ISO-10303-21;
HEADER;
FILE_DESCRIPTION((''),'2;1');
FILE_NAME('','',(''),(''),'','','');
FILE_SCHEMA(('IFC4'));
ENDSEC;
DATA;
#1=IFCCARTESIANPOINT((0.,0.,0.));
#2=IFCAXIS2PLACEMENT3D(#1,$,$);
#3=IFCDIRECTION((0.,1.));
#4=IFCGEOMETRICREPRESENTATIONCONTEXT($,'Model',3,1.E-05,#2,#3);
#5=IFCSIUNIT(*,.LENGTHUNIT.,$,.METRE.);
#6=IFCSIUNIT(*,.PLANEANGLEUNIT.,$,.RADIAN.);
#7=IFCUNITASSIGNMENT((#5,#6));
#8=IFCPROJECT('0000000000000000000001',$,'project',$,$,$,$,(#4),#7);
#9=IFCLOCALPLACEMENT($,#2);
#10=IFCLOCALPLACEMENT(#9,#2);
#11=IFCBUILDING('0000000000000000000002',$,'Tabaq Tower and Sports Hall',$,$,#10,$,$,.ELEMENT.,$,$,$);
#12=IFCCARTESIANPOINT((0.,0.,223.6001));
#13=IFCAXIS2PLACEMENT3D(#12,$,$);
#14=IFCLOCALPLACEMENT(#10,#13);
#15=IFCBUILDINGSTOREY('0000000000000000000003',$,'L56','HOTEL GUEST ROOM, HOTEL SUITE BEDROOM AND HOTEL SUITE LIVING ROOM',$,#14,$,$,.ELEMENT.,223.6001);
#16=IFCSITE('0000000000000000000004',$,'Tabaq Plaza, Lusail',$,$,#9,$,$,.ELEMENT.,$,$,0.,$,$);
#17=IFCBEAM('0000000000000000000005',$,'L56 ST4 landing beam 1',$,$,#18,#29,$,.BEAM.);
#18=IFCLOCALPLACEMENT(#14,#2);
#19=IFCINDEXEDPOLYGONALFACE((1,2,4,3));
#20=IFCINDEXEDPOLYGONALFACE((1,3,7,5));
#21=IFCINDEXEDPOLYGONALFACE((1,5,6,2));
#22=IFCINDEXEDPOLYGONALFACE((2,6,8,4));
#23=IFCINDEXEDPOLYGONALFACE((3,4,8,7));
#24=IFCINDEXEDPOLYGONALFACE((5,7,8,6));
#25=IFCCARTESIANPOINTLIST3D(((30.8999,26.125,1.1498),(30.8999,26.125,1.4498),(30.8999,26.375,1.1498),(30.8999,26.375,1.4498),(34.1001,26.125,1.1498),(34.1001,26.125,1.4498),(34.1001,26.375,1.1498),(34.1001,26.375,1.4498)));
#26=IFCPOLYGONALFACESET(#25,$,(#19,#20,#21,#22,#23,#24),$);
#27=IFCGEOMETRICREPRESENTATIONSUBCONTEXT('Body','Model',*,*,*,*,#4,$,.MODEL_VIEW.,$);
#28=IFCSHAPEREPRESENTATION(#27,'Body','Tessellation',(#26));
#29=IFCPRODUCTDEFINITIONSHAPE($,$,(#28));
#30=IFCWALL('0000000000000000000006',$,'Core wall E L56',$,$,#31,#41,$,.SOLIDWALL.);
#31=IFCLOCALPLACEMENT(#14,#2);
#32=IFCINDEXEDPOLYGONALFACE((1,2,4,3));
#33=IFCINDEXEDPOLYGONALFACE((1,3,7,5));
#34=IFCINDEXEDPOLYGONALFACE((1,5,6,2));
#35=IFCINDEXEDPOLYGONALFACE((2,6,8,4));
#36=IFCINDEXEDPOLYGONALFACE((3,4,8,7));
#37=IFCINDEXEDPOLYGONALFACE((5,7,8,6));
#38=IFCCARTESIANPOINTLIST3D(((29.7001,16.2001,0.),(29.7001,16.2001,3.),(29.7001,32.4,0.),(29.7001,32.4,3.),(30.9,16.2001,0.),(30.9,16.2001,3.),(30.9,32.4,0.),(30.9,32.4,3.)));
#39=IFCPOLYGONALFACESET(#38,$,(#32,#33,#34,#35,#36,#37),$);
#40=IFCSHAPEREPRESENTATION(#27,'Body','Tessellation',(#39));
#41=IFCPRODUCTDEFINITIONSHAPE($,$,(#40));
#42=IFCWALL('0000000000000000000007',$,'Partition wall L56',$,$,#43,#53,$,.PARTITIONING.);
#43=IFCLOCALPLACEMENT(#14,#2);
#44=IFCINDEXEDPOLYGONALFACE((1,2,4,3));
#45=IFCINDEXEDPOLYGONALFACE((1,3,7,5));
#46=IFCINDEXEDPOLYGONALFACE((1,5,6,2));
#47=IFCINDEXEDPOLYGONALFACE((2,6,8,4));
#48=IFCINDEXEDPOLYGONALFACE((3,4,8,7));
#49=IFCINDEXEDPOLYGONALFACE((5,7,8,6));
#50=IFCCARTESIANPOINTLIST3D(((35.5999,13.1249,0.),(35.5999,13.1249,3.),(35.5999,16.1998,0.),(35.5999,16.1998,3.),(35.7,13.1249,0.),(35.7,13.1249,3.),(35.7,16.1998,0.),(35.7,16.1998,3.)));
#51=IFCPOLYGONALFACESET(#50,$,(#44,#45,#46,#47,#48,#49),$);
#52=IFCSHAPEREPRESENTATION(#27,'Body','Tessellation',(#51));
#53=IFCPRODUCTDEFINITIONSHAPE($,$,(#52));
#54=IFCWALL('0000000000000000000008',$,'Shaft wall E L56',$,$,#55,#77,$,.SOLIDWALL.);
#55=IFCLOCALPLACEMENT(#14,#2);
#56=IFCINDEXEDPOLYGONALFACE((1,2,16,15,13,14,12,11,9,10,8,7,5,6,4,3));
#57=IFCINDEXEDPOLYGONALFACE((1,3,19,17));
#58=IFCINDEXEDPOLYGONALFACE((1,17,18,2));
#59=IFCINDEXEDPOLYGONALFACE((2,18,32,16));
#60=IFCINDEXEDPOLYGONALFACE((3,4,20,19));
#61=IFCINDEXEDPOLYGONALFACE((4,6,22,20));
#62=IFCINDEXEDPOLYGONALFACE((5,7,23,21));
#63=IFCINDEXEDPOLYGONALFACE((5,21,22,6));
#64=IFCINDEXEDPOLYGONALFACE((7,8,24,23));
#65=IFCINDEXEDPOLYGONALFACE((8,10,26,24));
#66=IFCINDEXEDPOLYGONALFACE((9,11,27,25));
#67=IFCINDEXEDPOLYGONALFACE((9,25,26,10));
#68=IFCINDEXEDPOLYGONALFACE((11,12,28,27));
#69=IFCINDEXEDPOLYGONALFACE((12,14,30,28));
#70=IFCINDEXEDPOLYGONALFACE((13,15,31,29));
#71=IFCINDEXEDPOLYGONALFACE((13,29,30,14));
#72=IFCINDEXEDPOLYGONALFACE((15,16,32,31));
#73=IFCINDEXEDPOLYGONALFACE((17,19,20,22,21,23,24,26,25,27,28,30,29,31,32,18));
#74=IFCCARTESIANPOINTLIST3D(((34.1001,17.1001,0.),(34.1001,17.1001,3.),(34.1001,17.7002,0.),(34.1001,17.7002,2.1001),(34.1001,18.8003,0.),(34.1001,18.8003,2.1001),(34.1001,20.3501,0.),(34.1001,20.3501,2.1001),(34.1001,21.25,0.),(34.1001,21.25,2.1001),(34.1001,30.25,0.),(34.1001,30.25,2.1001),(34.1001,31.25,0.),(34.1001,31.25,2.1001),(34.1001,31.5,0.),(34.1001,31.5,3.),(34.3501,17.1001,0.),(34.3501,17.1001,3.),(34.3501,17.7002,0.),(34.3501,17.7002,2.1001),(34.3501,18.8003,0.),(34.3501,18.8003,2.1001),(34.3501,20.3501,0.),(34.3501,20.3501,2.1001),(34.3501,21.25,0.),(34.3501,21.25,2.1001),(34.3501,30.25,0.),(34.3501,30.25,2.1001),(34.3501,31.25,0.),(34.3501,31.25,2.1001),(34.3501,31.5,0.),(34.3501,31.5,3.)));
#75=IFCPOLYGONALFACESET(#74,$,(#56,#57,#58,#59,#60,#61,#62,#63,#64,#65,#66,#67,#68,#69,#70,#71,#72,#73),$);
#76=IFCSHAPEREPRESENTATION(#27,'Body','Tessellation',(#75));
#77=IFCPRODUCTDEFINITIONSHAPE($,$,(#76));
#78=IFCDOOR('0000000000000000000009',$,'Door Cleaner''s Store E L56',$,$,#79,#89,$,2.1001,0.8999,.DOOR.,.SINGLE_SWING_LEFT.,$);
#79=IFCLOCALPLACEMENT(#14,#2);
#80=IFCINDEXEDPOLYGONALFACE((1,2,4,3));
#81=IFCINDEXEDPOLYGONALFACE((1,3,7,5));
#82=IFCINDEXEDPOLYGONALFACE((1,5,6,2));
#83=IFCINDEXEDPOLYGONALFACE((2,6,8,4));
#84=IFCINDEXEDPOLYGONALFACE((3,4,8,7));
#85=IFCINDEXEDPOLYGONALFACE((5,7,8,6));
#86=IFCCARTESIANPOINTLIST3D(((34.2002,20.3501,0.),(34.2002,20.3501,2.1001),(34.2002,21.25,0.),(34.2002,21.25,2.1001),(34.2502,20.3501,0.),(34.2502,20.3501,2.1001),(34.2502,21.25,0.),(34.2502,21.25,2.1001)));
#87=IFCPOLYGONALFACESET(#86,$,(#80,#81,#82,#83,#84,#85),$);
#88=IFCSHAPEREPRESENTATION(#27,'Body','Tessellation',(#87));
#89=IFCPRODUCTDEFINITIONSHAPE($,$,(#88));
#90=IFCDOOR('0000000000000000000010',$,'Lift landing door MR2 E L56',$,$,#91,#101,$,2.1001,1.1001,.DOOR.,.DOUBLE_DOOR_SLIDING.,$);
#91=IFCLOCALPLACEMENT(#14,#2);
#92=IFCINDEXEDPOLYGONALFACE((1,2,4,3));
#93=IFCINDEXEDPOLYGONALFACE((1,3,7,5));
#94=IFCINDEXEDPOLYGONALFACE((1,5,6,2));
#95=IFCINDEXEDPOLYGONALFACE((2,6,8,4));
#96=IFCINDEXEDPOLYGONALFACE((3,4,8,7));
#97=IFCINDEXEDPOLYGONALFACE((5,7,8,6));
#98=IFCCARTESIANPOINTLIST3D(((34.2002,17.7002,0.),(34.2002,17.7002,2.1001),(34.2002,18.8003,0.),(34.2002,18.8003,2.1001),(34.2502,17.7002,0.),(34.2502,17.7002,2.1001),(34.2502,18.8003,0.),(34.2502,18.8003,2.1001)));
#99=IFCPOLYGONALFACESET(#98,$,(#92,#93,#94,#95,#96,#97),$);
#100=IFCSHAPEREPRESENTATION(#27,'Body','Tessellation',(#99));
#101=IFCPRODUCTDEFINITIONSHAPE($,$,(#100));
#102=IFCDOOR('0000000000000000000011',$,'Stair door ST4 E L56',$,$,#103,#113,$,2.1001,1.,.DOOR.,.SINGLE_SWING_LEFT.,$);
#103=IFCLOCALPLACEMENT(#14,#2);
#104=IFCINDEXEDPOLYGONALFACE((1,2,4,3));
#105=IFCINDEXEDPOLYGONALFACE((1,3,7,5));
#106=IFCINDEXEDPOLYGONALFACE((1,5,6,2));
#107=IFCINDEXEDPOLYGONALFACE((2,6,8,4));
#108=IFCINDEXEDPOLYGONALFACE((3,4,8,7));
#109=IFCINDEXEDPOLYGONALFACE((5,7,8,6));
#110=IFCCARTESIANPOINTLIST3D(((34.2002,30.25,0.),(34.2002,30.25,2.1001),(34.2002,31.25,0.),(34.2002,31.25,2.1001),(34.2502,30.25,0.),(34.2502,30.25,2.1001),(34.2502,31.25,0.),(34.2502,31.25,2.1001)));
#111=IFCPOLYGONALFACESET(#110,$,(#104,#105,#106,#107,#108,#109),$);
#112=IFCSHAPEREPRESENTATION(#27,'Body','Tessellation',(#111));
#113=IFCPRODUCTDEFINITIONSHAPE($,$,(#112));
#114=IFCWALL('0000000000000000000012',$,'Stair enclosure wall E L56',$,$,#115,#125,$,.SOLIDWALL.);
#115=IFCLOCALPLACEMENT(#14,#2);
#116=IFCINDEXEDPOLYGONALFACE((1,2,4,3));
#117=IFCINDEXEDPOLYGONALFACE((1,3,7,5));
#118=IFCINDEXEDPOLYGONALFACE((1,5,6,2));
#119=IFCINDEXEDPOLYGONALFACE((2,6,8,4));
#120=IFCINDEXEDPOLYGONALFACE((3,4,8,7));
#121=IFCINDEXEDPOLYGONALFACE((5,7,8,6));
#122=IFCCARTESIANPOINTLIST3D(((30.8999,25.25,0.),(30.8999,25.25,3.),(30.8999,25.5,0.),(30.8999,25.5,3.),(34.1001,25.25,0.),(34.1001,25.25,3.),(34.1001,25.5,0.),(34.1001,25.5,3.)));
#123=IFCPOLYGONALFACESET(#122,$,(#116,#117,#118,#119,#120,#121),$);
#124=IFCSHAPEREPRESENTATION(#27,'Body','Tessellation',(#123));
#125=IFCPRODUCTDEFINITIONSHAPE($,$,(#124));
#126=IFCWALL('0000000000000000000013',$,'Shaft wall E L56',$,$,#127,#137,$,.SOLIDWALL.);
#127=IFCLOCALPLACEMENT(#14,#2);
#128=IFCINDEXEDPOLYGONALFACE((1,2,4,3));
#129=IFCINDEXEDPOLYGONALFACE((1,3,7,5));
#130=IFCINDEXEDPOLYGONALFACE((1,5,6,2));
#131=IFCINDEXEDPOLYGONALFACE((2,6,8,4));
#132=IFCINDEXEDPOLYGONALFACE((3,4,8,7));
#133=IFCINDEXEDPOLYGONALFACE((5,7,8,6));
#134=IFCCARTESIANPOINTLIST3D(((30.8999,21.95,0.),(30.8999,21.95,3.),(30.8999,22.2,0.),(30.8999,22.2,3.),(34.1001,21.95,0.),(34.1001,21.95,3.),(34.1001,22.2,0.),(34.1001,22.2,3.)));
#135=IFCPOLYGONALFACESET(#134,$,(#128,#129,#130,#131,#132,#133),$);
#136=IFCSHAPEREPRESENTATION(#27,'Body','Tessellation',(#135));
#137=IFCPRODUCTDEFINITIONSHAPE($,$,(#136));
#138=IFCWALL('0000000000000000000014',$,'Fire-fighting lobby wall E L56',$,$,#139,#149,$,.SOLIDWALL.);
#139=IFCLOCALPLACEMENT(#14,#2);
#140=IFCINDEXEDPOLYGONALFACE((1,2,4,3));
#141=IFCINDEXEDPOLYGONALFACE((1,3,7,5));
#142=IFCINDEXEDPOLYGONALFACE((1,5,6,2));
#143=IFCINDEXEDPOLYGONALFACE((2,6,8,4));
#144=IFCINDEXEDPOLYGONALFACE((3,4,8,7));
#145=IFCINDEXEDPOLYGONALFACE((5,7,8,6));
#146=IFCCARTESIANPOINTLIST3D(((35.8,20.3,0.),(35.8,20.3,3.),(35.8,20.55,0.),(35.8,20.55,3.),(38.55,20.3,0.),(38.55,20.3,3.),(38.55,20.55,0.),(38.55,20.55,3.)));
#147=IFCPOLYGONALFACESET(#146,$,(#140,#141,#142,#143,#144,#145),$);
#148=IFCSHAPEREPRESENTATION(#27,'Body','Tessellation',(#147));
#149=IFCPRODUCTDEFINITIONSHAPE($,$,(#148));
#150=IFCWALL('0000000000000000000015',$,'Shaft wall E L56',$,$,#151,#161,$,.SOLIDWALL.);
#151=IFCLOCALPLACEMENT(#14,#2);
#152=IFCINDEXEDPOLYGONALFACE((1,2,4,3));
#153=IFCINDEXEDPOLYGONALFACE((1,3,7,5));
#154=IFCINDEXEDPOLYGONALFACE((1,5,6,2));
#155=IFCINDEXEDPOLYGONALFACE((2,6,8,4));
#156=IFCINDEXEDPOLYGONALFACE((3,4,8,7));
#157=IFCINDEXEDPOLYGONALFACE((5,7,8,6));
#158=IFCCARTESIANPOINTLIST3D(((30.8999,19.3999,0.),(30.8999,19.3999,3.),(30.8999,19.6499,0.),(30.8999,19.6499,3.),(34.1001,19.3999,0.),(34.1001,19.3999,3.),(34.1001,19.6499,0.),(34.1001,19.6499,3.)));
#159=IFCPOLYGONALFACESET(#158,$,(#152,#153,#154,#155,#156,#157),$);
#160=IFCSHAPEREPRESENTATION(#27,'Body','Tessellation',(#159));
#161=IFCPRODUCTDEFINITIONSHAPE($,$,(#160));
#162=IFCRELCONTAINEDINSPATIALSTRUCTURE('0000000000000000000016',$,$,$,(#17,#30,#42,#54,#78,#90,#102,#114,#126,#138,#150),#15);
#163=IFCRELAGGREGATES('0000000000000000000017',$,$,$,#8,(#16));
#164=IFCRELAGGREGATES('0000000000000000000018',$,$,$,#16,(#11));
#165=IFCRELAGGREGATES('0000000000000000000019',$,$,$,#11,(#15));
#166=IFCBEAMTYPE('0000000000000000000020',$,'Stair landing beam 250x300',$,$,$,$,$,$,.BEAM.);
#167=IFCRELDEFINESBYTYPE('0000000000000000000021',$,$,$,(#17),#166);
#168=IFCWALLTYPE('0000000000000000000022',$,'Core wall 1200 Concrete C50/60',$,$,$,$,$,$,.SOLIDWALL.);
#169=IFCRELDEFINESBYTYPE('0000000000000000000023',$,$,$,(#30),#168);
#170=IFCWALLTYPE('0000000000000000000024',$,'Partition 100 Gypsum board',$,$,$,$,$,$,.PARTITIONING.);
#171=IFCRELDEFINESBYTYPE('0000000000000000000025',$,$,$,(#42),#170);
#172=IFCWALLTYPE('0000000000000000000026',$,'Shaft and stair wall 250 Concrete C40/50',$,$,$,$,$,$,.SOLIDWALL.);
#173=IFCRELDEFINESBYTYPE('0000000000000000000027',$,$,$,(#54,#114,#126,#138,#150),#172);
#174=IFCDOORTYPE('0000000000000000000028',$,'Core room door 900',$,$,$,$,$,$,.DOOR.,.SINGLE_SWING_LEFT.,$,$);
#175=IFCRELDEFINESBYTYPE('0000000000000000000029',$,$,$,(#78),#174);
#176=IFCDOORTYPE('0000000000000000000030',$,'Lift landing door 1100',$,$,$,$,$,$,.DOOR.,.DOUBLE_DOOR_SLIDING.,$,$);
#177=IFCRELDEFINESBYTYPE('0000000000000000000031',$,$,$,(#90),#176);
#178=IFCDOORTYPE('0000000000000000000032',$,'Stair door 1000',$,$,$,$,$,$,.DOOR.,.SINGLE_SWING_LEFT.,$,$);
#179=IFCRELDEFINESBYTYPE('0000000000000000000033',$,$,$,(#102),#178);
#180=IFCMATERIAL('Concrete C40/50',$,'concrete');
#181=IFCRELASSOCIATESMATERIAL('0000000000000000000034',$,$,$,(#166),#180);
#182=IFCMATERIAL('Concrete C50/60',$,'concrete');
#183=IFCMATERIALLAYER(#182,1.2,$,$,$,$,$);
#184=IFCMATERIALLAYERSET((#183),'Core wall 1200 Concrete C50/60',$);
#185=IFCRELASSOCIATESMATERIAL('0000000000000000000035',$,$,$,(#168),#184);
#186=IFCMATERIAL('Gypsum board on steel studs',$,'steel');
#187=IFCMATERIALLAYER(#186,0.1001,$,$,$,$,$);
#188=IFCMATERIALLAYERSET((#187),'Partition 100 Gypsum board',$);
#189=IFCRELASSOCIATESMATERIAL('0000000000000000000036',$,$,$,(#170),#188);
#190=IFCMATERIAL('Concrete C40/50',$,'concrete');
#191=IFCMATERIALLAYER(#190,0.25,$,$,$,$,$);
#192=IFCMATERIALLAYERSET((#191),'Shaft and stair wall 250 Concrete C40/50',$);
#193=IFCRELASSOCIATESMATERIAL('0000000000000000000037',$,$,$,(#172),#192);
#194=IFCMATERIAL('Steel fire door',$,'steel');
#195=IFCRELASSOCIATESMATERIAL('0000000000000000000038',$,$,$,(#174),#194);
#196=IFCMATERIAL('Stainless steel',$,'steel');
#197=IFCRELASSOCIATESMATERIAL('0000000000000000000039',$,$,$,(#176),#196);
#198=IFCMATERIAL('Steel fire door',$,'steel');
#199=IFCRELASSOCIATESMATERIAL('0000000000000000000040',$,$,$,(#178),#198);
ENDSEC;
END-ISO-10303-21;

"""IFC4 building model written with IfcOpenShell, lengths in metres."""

from ifc_helpers import new_model, si_unit, direction, frame, frame_2d, origin, origin_2d, place, context, subcontext, project, spatial, rectangle, extrude, material, layer, layer_set, material_profile, profile_set, type_object, element, fill, save


model = new_model("IFC4")

# Units and contexts
model_context = context("Model", 3, precision=1e-05, world=origin(), true_north=direction((0.0, 1.0)))
body_context = subcontext(model_context, "Body", "Model", "MODEL_VIEW")
ifc_project = project(units=[si_unit("LENGTHUNIT", "METRE"), si_unit("PLANEANGLEUNIT", "RADIAN")], contexts=[model_context])

# Site, building, storey
site_placement = place(None, origin())
site = spatial("IfcSite", under=ifc_project, at=site_placement, Name="Tabaq Plaza, Lusail", CompositionType="ELEMENT", RefElevation=0.0)
building_placement = place(site_placement, origin())
building = spatial("IfcBuilding", under=site, at=building_placement, Name="Tabaq Tower and Sports Hall", CompositionType="ELEMENT")
storey_placement = place(building_placement, frame((0.0, 0.0, 223.6001)))
storey = spatial("IfcBuildingStorey", under=building, at=storey_placement, Name="L56", Description="HOTEL GUEST ROOM, HOTEL SUITE BEDROOM AND HOTEL SUITE LIVING ROOM", CompositionType="ELEMENT", Elevation=223.6001)

# Beam
ifc_material_1 = material(Name="Concrete C40/50", Category="concrete")
ifc_material_profile = material_profile(ifc_material_1, rectangle(XDim=0.25, YDim=0.3, at=origin_2d()), Name="RC 250x300")
ifc_profile_set = profile_set([ifc_material_profile], Name="Concrete C40/50")
beam_type = type_object("IfcBeamType", Name="Stair landing beam 250x300", PredefinedType="BEAM", material=ifc_profile_set)
beam_placement = place(storey_placement, frame((30.8999, 26.25, 1.2998), z_axis=(1.0, 0.0, 0.0), x_axis=(0.0, 1.0, 0.0)))
element("IfcBeam", 1, at=beam_placement, inside=storey, type_object=beam_type, Name="L56 ST4 landing beam 1", PredefinedType="BEAM", context=body_context, shape_type="SweptSolid", body=[
    extrude(rectangle(XDim=0.25, YDim=0.3, at=origin_2d()), origin(), (0.0, 0.0, 1.0), 3.2002),
])

# Walls
ifc_material_2 = material(Name="Concrete C50/60", Category="concrete")
ifc_layer_1 = layer(ifc_material_2, 1.2)
ifc_layer_set_1 = layer_set([ifc_layer_1], Name="Core wall 1200 Concrete C50/60")
wall_type_1 = type_object("IfcWallType", Name="Core wall 1200 Concrete C50/60", PredefinedType="SOLIDWALL", material=ifc_layer_set_1)
wall_1_placement = place(storey_placement, frame((30.3, 16.2, 0.0), z_axis=(0.0, 0.0, 1.0), x_axis=(0.0, 1.0, 0.0)))
element("IfcWall", 2, at=wall_1_placement, inside=storey, type_object=wall_type_1, Name="Core wall E L56", PredefinedType="SOLIDWALL", context=body_context, shape_type="SweptSolid", body=[
    extrude(rectangle(XDim=16.2, YDim=1.2, at=frame_2d((8.1001, 0.0))), origin(), (0.0, 0.0, 1.0), 3.0),
])
ifc_material_3 = material(Name="Gypsum board on steel studs", Category="steel")
ifc_layer_2 = layer(ifc_material_3, 0.1001)
ifc_layer_set_2 = layer_set([ifc_layer_2], Name="Partition 100 Gypsum board")
wall_type_2 = type_object("IfcWallType", Name="Partition 100 Gypsum board", PredefinedType="PARTITIONING", material=ifc_layer_set_2)
wall_2_placement = place(storey_placement, frame((35.6499, 16.2, 0.0), z_axis=(0.0, 0.0, 1.0), x_axis=(0.0, -1.0, 0.0)))
element("IfcWall", 3, at=wall_2_placement, inside=storey, type_object=wall_type_2, Name="Partition wall L56", PredefinedType="PARTITIONING", context=body_context, shape_type="SweptSolid", body=[
    extrude(rectangle(XDim=3.075, YDim=0.1001, at=frame_2d((1.5376, 0.0))), origin(), (0.0, 0.0, 1.0), 3.0),
])

# Wall, openings, doors
ifc_material_4 = material(Name="Concrete C40/50", Category="concrete")
ifc_layer_3 = layer(ifc_material_4, 0.25)
ifc_layer_set_3 = layer_set([ifc_layer_3], Name="Shaft and stair wall 250 Concrete C40/50")
wall_type_3 = type_object("IfcWallType", Name="Shaft and stair wall 250 Concrete C40/50", PredefinedType="SOLIDWALL", material=ifc_layer_set_3)
wall_3_placement = place(storey_placement, frame((34.2251, 17.1001, 0.0), z_axis=(0.0, 0.0, 1.0), x_axis=(0.0, 1.0, 0.0)))
wall_3 = element("IfcWall", 4, at=wall_3_placement, inside=storey, type_object=wall_type_3, Name="Shaft wall E L56", PredefinedType="SOLIDWALL", context=body_context, shape_type="SweptSolid", body=[
    extrude(rectangle(XDim=14.3999, YDim=0.25, at=frame_2d((7.2, 0.0))), origin(), (0.0, 0.0, 1.0), 3.0),
])
opening_1_placement = place(wall_3_placement, frame((13.1499, 0.0, 0.0)))
opening_1 = element("IfcOpeningElement", 5, at=opening_1_placement, cuts=wall_3, PredefinedType="OPENING", context=body_context, shape_type="SweptSolid", body=[
    extrude(rectangle(XDim=1.0, YDim=2.1001, at=frame_2d((0.5, 1.05))), frame((0.0, 0.125, 0.0), z_axis=(0.0, -1.0, 0.0), x_axis=(1.0, 0.0, 0.0)), (0.0, 0.0, 1.0), 0.25),
])
opening_2_placement = place(wall_3_placement, frame((0.6001, 0.0, 0.0)))
opening_2 = element("IfcOpeningElement", 6, at=opening_2_placement, cuts=wall_3, PredefinedType="OPENING", context=body_context, shape_type="SweptSolid", body=[
    extrude(rectangle(XDim=1.1001, YDim=2.1001, at=frame_2d((0.55, 1.05))), frame((0.0, 0.125, 0.0), z_axis=(0.0, -1.0, 0.0), x_axis=(1.0, 0.0, 0.0)), (0.0, 0.0, 1.0), 0.25),
])
opening_3_placement = place(wall_3_placement, frame((3.25, 0.0, 0.0)))
opening_3 = element("IfcOpeningElement", 7, at=opening_3_placement, cuts=wall_3, PredefinedType="OPENING", context=body_context, shape_type="SweptSolid", body=[
    extrude(rectangle(XDim=0.8999, YDim=2.1001, at=frame_2d((0.45, 1.05))), frame((0.0, 0.125, 0.0), z_axis=(0.0, -1.0, 0.0), x_axis=(1.0, 0.0, 0.0)), (0.0, 0.0, 1.0), 0.25),
])
ifc_material_5 = material(Name="Steel fire door", Category="steel")
door_type_1 = type_object("IfcDoorType", Name="Core room door 900", OperationType="SINGLE_SWING_LEFT", PredefinedType="DOOR", material=ifc_material_5)
door_1_placement = place(opening_3_placement, origin())
door_1 = element("IfcDoor", 8, at=door_1_placement, inside=storey, type_object=door_type_1, Name="Door Cleaner's Store E L56", OperationType="SINGLE_SWING_LEFT", OverallHeight=2.1001, OverallWidth=0.8999, PredefinedType="DOOR", context=body_context, shape_type="SweptSolid", body=[
    extrude(rectangle(XDim=0.8999, YDim=2.1001, at=frame_2d((0.45, 1.05))), frame((0.0, 0.0249, 0.0), z_axis=(0.0, -1.0, 0.0), x_axis=(1.0, 0.0, 0.0)), (0.0, 0.0, 1.0), 0.05),
])
fill(opening_3, door_1)
ifc_material_6 = material(Name="Stainless steel", Category="steel")
door_type_2 = type_object("IfcDoorType", Name="Lift landing door 1100", OperationType="DOUBLE_DOOR_SLIDING", PredefinedType="DOOR", material=ifc_material_6)
door_2_placement = place(opening_2_placement, origin())
door_2 = element("IfcDoor", 9, at=door_2_placement, inside=storey, type_object=door_type_2, Name="Lift landing door MR2 E L56", OperationType="DOUBLE_DOOR_SLIDING", OverallHeight=2.1001, OverallWidth=1.1001, PredefinedType="DOOR", context=body_context, shape_type="SweptSolid", body=[
    extrude(rectangle(XDim=1.1001, YDim=2.1001, at=frame_2d((0.55, 1.05))), frame((0.0, 0.0249, 0.0), z_axis=(0.0, -1.0, 0.0), x_axis=(1.0, 0.0, 0.0)), (0.0, 0.0, 1.0), 0.05),
])
fill(opening_2, door_2)
ifc_material_7 = material(Name="Steel fire door", Category="steel")
door_type_3 = type_object("IfcDoorType", Name="Stair door 1000", OperationType="SINGLE_SWING_LEFT", PredefinedType="DOOR", material=ifc_material_7)
door_3_placement = place(opening_1_placement, origin())
door_3 = element("IfcDoor", 10, at=door_3_placement, inside=storey, type_object=door_type_3, Name="Stair door ST4 E L56", OperationType="SINGLE_SWING_LEFT", OverallHeight=2.1001, OverallWidth=1.0, PredefinedType="DOOR", context=body_context, shape_type="SweptSolid", body=[
    extrude(rectangle(XDim=1.0, YDim=2.1001, at=frame_2d((0.5, 1.05))), frame((0.0, 0.0249, 0.0), z_axis=(0.0, -1.0, 0.0), x_axis=(1.0, 0.0, 0.0)), (0.0, 0.0, 1.0), 0.05),
])
fill(opening_1, door_3)

# Walls
for number, where, z_axis, x_axis, name in (
    (11, (30.8999, 25.375, 0.0), (0.0, 0.0, 1.0), (1.0, 0.0, 0.0), "Stair enclosure wall E L56"),
    (12, (30.8999, 22.075, 0.0), (0.0, 0.0, 1.0), (1.0, 0.0, 0.0), "Shaft wall E L56"),
):
    element("IfcWall", number, at=place(storey_placement, frame(where, z_axis=z_axis, x_axis=x_axis)), inside=storey, type_object=wall_type_3, Name=name, PredefinedType="SOLIDWALL", context=body_context, shape_type="SweptSolid", body=[
        extrude(rectangle(XDim=3.2002, YDim=0.25, at=frame_2d((1.6001, 0.0))), origin(), (0.0, 0.0, 1.0), 3.0),
    ])
wall_4_placement = place(storey_placement, frame((35.8, 20.425, 0.0), z_axis=(0.0, 0.0, 1.0), x_axis=(1.0, 0.0, 0.0)))
element("IfcWall", 13, at=wall_4_placement, inside=storey, type_object=wall_type_3, Name="Fire-fighting lobby wall E L56", PredefinedType="SOLIDWALL", context=body_context, shape_type="SweptSolid", body=[
    extrude(rectangle(XDim=2.75, YDim=0.25, at=frame_2d((1.375, 0.0))), origin(), (0.0, 0.0, 1.0), 3.0),
])
wall_5_placement = place(storey_placement, frame((30.8999, 19.5249, 0.0), z_axis=(0.0, 0.0, 1.0), x_axis=(1.0, 0.0, 0.0)))
element("IfcWall", 14, at=wall_5_placement, inside=storey, type_object=wall_type_3, Name="Shaft wall E L56", PredefinedType="SOLIDWALL", context=body_context, shape_type="SweptSolid", body=[
    extrude(rectangle(XDim=3.2002, YDim=0.25, at=frame_2d((1.6001, 0.0))), origin(), (0.0, 0.0, 1.0), 3.0),
])

save(model, "model.ifc")
